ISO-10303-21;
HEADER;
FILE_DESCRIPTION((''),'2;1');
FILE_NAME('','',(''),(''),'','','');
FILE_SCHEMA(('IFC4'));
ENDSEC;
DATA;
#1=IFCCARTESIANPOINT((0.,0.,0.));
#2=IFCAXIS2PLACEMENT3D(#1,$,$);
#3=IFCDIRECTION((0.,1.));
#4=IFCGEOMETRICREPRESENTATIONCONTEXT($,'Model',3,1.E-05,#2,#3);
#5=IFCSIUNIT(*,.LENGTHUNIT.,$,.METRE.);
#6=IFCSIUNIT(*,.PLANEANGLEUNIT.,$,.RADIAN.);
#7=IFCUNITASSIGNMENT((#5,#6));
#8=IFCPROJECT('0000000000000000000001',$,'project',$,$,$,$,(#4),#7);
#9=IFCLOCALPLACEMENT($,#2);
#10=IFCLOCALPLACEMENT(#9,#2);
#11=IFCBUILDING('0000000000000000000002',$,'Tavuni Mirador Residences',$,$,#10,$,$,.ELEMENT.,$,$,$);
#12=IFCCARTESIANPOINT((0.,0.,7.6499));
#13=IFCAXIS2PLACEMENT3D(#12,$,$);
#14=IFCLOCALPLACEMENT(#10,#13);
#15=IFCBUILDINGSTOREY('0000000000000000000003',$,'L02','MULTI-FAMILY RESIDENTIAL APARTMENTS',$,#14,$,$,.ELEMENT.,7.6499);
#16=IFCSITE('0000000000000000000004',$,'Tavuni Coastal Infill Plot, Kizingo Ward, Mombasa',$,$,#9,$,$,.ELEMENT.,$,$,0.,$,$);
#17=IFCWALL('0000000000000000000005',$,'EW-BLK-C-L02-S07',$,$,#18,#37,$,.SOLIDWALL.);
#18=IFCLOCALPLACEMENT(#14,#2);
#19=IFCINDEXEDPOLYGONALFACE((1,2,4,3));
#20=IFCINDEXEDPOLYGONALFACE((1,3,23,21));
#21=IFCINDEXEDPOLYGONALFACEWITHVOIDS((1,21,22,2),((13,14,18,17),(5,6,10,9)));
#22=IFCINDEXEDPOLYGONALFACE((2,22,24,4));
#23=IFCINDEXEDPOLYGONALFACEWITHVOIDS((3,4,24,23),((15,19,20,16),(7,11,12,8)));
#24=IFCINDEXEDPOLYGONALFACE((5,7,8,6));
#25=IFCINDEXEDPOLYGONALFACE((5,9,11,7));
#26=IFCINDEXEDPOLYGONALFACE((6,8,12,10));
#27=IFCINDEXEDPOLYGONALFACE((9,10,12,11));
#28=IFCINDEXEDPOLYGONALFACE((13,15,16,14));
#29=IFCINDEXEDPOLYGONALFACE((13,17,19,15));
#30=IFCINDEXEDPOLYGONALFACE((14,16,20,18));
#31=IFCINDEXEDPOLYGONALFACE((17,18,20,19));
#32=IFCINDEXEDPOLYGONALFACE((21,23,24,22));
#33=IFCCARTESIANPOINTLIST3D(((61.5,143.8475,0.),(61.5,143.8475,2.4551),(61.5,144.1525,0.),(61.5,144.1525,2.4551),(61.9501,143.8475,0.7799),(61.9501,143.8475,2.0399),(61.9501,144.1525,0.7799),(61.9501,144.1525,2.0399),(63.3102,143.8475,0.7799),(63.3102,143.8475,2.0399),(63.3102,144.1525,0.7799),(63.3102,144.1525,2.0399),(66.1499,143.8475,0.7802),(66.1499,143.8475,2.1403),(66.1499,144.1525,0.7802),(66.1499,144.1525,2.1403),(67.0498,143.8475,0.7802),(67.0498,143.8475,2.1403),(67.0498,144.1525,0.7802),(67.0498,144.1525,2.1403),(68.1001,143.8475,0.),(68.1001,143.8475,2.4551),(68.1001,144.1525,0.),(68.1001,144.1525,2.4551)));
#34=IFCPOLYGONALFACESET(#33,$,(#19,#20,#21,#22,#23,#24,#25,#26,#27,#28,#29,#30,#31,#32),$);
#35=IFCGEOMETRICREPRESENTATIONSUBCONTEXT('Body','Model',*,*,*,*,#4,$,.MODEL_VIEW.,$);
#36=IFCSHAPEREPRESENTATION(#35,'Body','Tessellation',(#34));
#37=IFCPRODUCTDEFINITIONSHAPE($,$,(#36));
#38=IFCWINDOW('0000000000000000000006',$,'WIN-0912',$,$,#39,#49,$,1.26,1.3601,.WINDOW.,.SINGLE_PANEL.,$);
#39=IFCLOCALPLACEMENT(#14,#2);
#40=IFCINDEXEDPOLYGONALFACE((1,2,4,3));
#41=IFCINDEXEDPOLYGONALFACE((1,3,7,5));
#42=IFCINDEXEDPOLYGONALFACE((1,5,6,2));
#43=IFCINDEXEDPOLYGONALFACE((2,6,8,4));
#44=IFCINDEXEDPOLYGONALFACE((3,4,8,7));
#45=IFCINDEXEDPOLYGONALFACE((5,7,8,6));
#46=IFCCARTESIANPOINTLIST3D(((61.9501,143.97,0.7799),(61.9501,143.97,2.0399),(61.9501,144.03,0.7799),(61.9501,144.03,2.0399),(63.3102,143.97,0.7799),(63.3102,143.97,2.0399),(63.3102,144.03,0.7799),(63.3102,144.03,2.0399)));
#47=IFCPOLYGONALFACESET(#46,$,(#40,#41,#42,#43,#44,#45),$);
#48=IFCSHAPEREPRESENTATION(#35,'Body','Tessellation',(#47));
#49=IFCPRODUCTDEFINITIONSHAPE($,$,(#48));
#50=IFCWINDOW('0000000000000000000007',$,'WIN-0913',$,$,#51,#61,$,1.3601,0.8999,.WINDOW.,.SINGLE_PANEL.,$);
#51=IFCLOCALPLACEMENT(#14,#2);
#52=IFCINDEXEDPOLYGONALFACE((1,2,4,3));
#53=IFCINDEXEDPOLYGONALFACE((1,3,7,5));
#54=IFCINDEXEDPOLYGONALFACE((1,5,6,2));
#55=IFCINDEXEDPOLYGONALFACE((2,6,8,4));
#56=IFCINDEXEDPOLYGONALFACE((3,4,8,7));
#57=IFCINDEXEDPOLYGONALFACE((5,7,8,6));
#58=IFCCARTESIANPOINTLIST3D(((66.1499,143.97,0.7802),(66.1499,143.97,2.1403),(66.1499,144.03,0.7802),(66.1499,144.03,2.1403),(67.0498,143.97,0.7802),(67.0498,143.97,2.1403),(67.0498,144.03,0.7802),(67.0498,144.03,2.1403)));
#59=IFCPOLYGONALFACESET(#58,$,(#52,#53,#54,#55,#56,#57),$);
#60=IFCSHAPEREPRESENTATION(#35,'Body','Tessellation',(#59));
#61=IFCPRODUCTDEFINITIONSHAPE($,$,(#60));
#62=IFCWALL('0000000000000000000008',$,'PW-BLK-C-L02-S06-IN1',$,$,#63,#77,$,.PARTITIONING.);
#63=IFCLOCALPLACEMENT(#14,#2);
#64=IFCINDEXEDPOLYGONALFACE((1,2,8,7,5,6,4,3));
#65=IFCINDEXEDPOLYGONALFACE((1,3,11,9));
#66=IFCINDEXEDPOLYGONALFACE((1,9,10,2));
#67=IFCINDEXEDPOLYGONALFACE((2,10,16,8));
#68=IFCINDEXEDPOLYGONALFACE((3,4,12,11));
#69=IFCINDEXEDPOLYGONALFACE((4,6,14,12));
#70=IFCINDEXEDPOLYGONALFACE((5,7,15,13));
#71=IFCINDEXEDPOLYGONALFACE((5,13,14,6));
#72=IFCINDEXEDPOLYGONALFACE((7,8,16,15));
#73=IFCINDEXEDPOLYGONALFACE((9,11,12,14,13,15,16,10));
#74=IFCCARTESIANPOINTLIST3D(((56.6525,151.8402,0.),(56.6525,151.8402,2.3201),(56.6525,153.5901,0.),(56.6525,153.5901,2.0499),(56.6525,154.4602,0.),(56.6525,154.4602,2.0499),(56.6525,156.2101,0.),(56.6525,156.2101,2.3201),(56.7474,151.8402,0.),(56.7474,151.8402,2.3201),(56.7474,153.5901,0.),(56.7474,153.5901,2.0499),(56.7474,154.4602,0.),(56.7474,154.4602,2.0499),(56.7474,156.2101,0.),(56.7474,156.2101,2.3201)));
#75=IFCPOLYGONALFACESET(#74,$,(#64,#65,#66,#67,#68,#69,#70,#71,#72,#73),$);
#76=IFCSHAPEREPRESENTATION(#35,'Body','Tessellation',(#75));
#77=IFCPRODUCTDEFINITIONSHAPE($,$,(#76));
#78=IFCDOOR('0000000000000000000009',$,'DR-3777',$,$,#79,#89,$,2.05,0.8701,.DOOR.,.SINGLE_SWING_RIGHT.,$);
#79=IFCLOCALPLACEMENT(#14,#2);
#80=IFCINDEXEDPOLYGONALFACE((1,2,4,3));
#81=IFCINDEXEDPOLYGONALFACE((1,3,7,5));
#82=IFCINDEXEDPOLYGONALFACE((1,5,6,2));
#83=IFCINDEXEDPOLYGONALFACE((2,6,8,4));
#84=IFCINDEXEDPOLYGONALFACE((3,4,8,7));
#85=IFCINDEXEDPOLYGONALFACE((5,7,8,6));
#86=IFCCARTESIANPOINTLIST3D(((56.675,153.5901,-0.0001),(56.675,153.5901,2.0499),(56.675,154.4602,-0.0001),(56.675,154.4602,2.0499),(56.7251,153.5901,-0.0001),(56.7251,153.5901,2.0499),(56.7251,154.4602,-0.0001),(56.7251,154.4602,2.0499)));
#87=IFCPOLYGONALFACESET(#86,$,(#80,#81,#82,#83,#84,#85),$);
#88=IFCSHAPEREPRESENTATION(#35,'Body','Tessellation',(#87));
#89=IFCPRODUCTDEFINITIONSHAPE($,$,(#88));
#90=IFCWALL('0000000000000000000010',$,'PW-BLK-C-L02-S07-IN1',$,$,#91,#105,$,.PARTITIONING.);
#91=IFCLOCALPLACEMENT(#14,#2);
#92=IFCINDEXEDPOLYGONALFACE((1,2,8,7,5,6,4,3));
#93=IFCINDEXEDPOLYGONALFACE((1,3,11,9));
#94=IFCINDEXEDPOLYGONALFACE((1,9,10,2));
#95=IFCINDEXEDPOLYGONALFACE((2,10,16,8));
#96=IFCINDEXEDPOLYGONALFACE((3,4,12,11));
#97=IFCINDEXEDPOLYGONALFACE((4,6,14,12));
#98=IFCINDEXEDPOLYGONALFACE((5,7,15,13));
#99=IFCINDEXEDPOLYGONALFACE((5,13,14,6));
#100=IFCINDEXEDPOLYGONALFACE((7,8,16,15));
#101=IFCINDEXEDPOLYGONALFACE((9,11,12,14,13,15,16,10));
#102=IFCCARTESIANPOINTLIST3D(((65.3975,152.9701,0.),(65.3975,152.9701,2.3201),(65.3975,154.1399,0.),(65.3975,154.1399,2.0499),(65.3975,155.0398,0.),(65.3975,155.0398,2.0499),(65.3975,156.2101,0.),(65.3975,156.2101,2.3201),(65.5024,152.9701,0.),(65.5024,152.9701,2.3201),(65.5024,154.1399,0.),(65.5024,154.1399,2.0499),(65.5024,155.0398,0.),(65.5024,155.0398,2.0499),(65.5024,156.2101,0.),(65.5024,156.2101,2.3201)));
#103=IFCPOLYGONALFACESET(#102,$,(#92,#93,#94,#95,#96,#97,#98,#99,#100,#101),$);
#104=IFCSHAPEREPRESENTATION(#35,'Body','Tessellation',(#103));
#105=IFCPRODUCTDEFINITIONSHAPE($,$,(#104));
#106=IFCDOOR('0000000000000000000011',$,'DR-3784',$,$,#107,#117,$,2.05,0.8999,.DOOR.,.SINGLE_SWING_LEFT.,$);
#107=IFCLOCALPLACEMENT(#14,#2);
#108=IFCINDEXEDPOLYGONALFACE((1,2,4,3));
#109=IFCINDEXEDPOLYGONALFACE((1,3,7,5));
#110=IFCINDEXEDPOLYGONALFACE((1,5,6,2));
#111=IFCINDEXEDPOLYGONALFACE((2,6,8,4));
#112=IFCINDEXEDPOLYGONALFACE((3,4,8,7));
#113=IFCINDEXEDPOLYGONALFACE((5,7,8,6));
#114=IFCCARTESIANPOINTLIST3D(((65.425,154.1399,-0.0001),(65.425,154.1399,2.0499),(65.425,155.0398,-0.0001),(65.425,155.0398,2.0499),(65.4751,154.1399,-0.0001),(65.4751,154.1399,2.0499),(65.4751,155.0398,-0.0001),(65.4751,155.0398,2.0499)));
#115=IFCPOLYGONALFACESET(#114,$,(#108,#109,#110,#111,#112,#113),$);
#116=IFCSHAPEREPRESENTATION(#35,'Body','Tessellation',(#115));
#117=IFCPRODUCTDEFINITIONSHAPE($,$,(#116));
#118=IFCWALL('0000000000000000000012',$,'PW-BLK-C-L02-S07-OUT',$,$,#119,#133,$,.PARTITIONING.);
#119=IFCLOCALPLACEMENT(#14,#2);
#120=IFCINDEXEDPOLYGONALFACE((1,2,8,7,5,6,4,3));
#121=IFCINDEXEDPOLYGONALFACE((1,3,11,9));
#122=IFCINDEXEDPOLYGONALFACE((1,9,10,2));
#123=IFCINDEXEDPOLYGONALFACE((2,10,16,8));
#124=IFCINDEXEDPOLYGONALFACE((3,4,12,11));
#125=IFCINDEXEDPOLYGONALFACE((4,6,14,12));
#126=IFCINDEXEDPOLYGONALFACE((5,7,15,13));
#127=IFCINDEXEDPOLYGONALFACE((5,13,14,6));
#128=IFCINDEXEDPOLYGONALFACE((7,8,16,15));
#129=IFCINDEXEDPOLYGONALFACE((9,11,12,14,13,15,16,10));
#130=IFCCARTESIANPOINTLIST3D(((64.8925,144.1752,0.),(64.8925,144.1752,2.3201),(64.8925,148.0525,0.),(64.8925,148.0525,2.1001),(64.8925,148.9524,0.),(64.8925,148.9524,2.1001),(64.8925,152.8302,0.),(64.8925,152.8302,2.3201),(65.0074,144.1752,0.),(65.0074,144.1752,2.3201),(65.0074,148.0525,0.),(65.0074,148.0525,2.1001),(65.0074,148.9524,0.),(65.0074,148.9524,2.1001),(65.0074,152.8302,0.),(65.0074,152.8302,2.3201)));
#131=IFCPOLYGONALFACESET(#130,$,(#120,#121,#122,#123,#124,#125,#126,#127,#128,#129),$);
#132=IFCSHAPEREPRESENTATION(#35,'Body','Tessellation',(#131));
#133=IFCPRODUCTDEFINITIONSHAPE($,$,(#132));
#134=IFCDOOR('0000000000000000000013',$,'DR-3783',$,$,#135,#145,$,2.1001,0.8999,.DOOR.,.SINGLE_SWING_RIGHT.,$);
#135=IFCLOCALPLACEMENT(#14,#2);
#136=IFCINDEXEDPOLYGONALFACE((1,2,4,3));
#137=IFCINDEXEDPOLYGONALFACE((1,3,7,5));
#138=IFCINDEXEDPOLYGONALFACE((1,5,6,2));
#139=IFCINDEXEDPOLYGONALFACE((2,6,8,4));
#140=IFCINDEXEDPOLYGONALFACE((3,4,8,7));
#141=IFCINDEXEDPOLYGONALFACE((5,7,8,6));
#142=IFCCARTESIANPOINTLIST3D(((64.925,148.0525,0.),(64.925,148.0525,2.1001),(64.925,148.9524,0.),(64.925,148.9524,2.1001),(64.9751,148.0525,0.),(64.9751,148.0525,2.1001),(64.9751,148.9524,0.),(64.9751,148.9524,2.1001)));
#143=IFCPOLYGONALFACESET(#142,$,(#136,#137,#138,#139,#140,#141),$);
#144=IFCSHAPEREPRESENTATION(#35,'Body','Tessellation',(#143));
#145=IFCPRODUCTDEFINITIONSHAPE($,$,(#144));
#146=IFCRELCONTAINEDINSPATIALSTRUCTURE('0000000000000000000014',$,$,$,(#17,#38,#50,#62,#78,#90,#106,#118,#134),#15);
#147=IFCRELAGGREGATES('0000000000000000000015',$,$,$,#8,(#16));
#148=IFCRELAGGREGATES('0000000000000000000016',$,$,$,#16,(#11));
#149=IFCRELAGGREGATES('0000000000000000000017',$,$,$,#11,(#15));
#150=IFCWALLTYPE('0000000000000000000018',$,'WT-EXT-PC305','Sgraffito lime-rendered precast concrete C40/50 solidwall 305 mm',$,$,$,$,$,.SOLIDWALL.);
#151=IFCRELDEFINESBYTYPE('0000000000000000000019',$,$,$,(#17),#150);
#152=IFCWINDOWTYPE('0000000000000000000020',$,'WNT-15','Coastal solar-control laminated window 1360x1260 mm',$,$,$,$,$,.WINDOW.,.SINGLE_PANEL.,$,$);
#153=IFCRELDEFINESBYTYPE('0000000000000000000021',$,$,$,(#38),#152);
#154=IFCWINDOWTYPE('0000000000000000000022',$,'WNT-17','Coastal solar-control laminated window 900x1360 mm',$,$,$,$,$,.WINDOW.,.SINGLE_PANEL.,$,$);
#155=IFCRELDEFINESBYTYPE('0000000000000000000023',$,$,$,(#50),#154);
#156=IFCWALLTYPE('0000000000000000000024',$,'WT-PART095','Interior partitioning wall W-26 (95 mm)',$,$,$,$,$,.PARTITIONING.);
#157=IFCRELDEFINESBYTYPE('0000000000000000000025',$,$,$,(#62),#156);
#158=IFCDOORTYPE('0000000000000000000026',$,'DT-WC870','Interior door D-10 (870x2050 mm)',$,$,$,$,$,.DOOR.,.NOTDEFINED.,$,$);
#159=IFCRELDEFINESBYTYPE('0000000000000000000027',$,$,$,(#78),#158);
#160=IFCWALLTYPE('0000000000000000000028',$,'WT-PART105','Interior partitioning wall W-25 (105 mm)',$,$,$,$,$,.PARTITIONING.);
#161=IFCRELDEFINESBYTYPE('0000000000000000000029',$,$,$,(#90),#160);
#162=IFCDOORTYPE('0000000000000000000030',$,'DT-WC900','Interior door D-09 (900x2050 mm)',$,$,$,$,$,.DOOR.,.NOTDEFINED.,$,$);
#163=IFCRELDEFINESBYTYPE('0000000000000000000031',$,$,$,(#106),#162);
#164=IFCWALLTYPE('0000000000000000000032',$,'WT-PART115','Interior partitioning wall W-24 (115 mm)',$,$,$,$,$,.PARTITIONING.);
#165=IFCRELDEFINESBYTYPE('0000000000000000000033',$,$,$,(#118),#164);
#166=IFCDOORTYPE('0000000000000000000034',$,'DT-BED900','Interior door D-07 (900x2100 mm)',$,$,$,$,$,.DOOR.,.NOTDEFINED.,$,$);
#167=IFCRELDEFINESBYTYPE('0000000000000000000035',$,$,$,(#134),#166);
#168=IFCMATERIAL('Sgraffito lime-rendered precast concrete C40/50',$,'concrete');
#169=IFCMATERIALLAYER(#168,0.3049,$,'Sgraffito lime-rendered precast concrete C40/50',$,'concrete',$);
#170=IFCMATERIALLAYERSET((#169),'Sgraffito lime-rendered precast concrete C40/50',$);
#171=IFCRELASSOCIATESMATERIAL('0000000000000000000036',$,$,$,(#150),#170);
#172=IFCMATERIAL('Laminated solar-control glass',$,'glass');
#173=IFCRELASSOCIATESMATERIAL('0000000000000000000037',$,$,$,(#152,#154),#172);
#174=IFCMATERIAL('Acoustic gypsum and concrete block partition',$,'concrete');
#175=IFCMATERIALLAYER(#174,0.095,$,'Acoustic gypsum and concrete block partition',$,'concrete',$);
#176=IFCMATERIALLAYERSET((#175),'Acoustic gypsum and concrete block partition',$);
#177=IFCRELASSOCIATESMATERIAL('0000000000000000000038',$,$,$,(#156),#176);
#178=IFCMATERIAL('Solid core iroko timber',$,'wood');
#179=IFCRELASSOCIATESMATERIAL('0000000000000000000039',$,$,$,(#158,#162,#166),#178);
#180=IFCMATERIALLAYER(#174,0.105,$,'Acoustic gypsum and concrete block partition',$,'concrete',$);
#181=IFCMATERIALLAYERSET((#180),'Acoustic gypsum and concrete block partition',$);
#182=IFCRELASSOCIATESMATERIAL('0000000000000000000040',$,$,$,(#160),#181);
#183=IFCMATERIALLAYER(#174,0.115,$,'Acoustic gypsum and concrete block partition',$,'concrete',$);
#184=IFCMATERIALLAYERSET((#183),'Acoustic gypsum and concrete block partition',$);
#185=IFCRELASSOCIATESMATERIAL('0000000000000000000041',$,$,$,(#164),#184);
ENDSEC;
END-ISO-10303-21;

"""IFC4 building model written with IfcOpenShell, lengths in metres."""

from ifc_helpers import new_model, si_unit, direction, frame, frame_2d, origin, place, context, subcontext, project, spatial, rectangle, extrude, material, layer, layer_set, type_object, element, fill, save


model = new_model("IFC4")

# Units and contexts
model_context = context("Model", 3, precision=1e-05, world=origin(), true_north=direction((0.0, 1.0)))
body_context = subcontext(model_context, "Body", "Model", "MODEL_VIEW")
ifc_project = project(units=[si_unit("LENGTHUNIT", "METRE"), si_unit("PLANEANGLEUNIT", "RADIAN")], contexts=[model_context])

# Site, building, storey
site_placement = place(None, origin())
site = spatial("IfcSite", under=ifc_project, at=site_placement, Name="Tavuni Coastal Infill Plot, Kizingo Ward, Mombasa", CompositionType="ELEMENT", RefElevation=0.0)
building_placement = place(site_placement, origin())
building = spatial("IfcBuilding", under=site, at=building_placement, Name="Tavuni Mirador Residences", CompositionType="ELEMENT")
storey_placement = place(building_placement, frame((0.0, 0.0, 7.6499)))
storey = spatial("IfcBuildingStorey", under=building, at=storey_placement, Name="L02", Description="MULTI-FAMILY RESIDENTIAL APARTMENTS", CompositionType="ELEMENT", Elevation=7.6499)

# Shared definitions
ifc_material_1 = material(Name="Solid core iroko timber", Category="wood")

# Wall, openings, windows
ifc_material_2 = material(Name="Sgraffito lime-rendered precast concrete C40/50", Category="concrete")
ifc_layer_1 = layer(ifc_material_2, 0.3049, Name="Sgraffito lime-rendered precast concrete C40/50", Category="concrete")
ifc_layer_set_1 = layer_set([ifc_layer_1], Name="Sgraffito lime-rendered precast concrete C40/50")
wall_type_1 = type_object("IfcWallType", Name="WT-EXT-PC305", Description="Sgraffito lime-rendered precast concrete C40/50 solidwall 305 mm", PredefinedType="SOLIDWALL", material=ifc_layer_set_1)
wall_1_placement = place(storey_placement, frame((61.5, 144.0, 0.0), z_axis=(0.0, 0.0, 1.0), x_axis=(1.0, 0.0, 0.0)))
wall_1 = element("IfcWall", 1, at=wall_1_placement, inside=storey, type_object=wall_type_1, Name="EW-BLK-C-L02-S07", PredefinedType="SOLIDWALL", context=body_context, shape_type="SweptSolid", body=[
    extrude(rectangle(XDim=6.6001, YDim=0.3049, at=frame_2d((3.3, 0.0))), origin(), (0.0, 0.0, 1.0), 2.4551),
])
opening_1_placement = place(wall_1_placement, frame((0.45, 0.0, 0.78)))
opening_1 = element("IfcOpeningElement", 2, at=opening_1_placement, cuts=wall_1, PredefinedType="OPENING", context=body_context, shape_type="SweptSolid", body=[
    extrude(rectangle(XDim=1.3601, YDim=1.26, at=frame_2d((0.6802, 0.6299))), frame((0.0, 0.1626, 0.0), z_axis=(0.0, -1.0, 0.0), x_axis=(1.0, 0.0, 0.0)), (0.0, 0.0, 1.0), 0.325),
])
opening_2_placement = place(wall_1_placement, frame((4.6499, 0.0, 0.78)))
opening_2 = element("IfcOpeningElement", 3, at=opening_2_placement, cuts=wall_1, PredefinedType="OPENING", context=body_context, shape_type="SweptSolid", body=[
    extrude(rectangle(XDim=0.8999, YDim=1.3601, at=frame_2d((0.45, 0.6802))), frame((0.0, 0.1626, 0.0), z_axis=(0.0, -1.0, 0.0), x_axis=(1.0, 0.0, 0.0)), (0.0, 0.0, 1.0), 0.325),
])
ifc_material_3 = material(Name="Laminated solar-control glass", Category="glass")
window_type_1 = type_object("IfcWindowType", Name="WNT-15", Description="Coastal solar-control laminated window 1360x1260 mm", PartitioningType="SINGLE_PANEL", PredefinedType="WINDOW", material=ifc_material_3)
window_1_placement = place(opening_1_placement, origin())
window_1 = element("IfcWindow", 4, at=window_1_placement, inside=storey, type_object=window_type_1, Name="WIN-0912", OverallHeight=1.26, OverallWidth=1.3601, PartitioningType="SINGLE_PANEL", PredefinedType="WINDOW", context=body_context, shape_type="SweptSolid", body=[
    extrude(rectangle(XDim=1.3601, YDim=1.26, at=frame_2d((0.6802, 0.6299))), frame((0.0, 0.03, 0.0), z_axis=(0.0, -1.0, 0.0), x_axis=(1.0, 0.0, 0.0)), (0.0, 0.0, 1.0), 0.0601),
])
fill(opening_1, window_1)
window_type_2 = type_object("IfcWindowType", Name="WNT-17", Description="Coastal solar-control laminated window 900x1360 mm", PartitioningType="SINGLE_PANEL", PredefinedType="WINDOW", material=ifc_material_3)
window_2_placement = place(opening_2_placement, origin())
window_2 = element("IfcWindow", 5, at=window_2_placement, inside=storey, type_object=window_type_2, Name="WIN-0913", OverallHeight=1.3601, OverallWidth=0.8999, PartitioningType="SINGLE_PANEL", PredefinedType="WINDOW", context=body_context, shape_type="SweptSolid", body=[
    extrude(rectangle(XDim=0.8999, YDim=1.3601, at=frame_2d((0.45, 0.6802))), frame((0.0, 0.03, 0.0), z_axis=(0.0, -1.0, 0.0), x_axis=(1.0, 0.0, 0.0)), (0.0, 0.0, 1.0), 0.0601),
])
fill(opening_2, window_2)

# Walls, openings, doors
ifc_material_4 = material(Name="Acoustic gypsum and concrete block partition", Category="concrete")
ifc_layer_2 = layer(ifc_material_4, 0.095, Name="Acoustic gypsum and concrete block partition", Category="concrete")
ifc_layer_set_2 = layer_set([ifc_layer_2], Name="Acoustic gypsum and concrete block partition")
wall_type_2 = type_object("IfcWallType", Name="WT-PART095", Description="Interior partitioning wall W-26 (95 mm)", PredefinedType="PARTITIONING", material=ifc_layer_set_2)
wall_2_placement = place(storey_placement, frame((56.7, 151.8401, 0.0), z_axis=(0.0, 0.0, 1.0), x_axis=(0.0, 1.0, 0.0)))
wall_2 = element("IfcWall", 6, at=wall_2_placement, inside=storey, type_object=wall_type_2, Name="PW-BLK-C-L02-S06-IN1", PredefinedType="PARTITIONING", context=body_context, shape_type="SweptSolid", body=[
    extrude(rectangle(XDim=4.3699, YDim=0.095, at=frame_2d((2.1851, 0.0))), origin(), (0.0, 0.0, 1.0), 2.3201),
])
opening_3_placement = place(wall_2_placement, frame((1.75, 0.0, 0.0)))
opening_3 = element("IfcOpeningElement", 7, at=opening_3_placement, cuts=wall_2, PredefinedType="OPENING", context=body_context, shape_type="SweptSolid", body=[
    extrude(rectangle(XDim=0.8701, YDim=2.05, at=frame_2d((0.4351, 1.0249))), frame((0.0, 0.0576, 0.0), z_axis=(0.0, -1.0, 0.0), x_axis=(1.0, 0.0, 0.0)), (0.0, 0.0, 1.0), 0.115),
])
door_type_1 = type_object("IfcDoorType", Name="DT-WC870", Description="Interior door D-10 (870x2050 mm)", OperationType="NOTDEFINED", PredefinedType="DOOR", material=ifc_material_1)
door_1_placement = place(opening_3_placement, origin())
door_1 = element("IfcDoor", 8, at=door_1_placement, inside=storey, type_object=door_type_1, Name="DR-3777", OperationType="SINGLE_SWING_RIGHT", OverallHeight=2.05, OverallWidth=0.8701, PredefinedType="DOOR", context=body_context, shape_type="SweptSolid", body=[
    extrude(rectangle(XDim=0.8701, YDim=2.05, at=frame_2d((0.4351, 1.0249))), frame((0.0, 0.0249, 0.0), z_axis=(0.0, -1.0, 0.0), x_axis=(1.0, 0.0, 0.0)), (0.0, 0.0, 1.0), 0.05),
])
fill(opening_3, door_1)
ifc_layer_3 = layer(ifc_material_4, 0.105, Name="Acoustic gypsum and concrete block partition", Category="concrete")
ifc_layer_set_3 = layer_set([ifc_layer_3], Name="Acoustic gypsum and concrete block partition")
wall_type_3 = type_object("IfcWallType", Name="WT-PART105", Description="Interior partitioning wall W-25 (105 mm)", PredefinedType="PARTITIONING", material=ifc_layer_set_3)
wall_3_placement = place(storey_placement, frame((65.45, 152.97, 0.0), z_axis=(0.0, 0.0, 1.0), x_axis=(0.0, 1.0, 0.0)))
wall_3 = element("IfcWall", 9, at=wall_3_placement, inside=storey, type_object=wall_type_3, Name="PW-BLK-C-L02-S07-IN1", PredefinedType="PARTITIONING", context=body_context, shape_type="SweptSolid", body=[
    extrude(rectangle(XDim=3.24, YDim=0.105, at=frame_2d((1.6201, 0.0))), origin(), (0.0, 0.0, 1.0), 2.3201),
])
opening_4_placement = place(wall_3_placement, frame((1.1699, 0.0, 0.0)))
opening_4 = element("IfcOpeningElement", 10, at=opening_4_placement, cuts=wall_3, PredefinedType="OPENING", context=body_context, shape_type="SweptSolid", body=[
    extrude(rectangle(XDim=0.8999, YDim=2.05, at=frame_2d((0.45, 1.0249))), frame((0.0, 0.0625, 0.0), z_axis=(0.0, -1.0, 0.0), x_axis=(1.0, 0.0, 0.0)), (0.0, 0.0, 1.0), 0.125),
])
door_type_2 = type_object("IfcDoorType", Name="DT-WC900", Description="Interior door D-09 (900x2050 mm)", OperationType="NOTDEFINED", PredefinedType="DOOR", material=ifc_material_1)
door_2_placement = place(opening_4_placement, origin())
door_2 = element("IfcDoor", 11, at=door_2_placement, inside=storey, type_object=door_type_2, Name="DR-3784", OperationType="SINGLE_SWING_LEFT", OverallHeight=2.05, OverallWidth=0.8999, PredefinedType="DOOR", context=body_context, shape_type="SweptSolid", body=[
    extrude(rectangle(XDim=0.8999, YDim=2.05, at=frame_2d((0.45, 1.0249))), frame((0.0, 0.0249, 0.0), z_axis=(0.0, -1.0, 0.0), x_axis=(1.0, 0.0, 0.0)), (0.0, 0.0, 1.0), 0.05),
])
fill(opening_4, door_2)
ifc_layer_4 = layer(ifc_material_4, 0.115, Name="Acoustic gypsum and concrete block partition", Category="concrete")
ifc_layer_set_4 = layer_set([ifc_layer_4], Name="Acoustic gypsum and concrete block partition")
wall_type_4 = type_object("IfcWallType", Name="WT-PART115", Description="Interior partitioning wall W-24 (115 mm)", PredefinedType="PARTITIONING", material=ifc_layer_set_4)
wall_4_placement = place(storey_placement, frame((64.95, 144.175, 0.0), z_axis=(0.0, 0.0, 1.0), x_axis=(0.0, 1.0, 0.0)))
wall_4 = element("IfcWall", 12, at=wall_4_placement, inside=storey, type_object=wall_type_4, Name="PW-BLK-C-L02-S07-OUT", PredefinedType="PARTITIONING", context=body_context, shape_type="SweptSolid", body=[
    extrude(rectangle(XDim=8.655, YDim=0.115, at=frame_2d((4.3276, 0.0))), origin(), (0.0, 0.0, 1.0), 2.3201),
])
opening_5_placement = place(wall_4_placement, frame((3.8774, 0.0, 0.0)))
opening_5 = element("IfcOpeningElement", 13, at=opening_5_placement, cuts=wall_4, PredefinedType="OPENING", context=body_context, shape_type="SweptSolid", body=[
    extrude(rectangle(XDim=0.8999, YDim=2.1001, at=frame_2d((0.45, 1.05))), frame((0.0, 0.0674, 0.0), z_axis=(0.0, -1.0, 0.0), x_axis=(1.0, 0.0, 0.0)), (0.0, 0.0, 1.0), 0.135),
])
door_type_3 = type_object("IfcDoorType", Name="DT-BED900", Description="Interior door D-07 (900x2100 mm)", OperationType="NOTDEFINED", PredefinedType="DOOR", material=ifc_material_1)
door_3_placement = place(opening_5_placement, origin())
door_3 = element("IfcDoor", 14, at=door_3_placement, inside=storey, type_object=door_type_3, Name="DR-3783", OperationType="SINGLE_SWING_RIGHT", OverallHeight=2.1001, OverallWidth=0.8999, PredefinedType="DOOR", context=body_context, shape_type="SweptSolid", body=[
    extrude(rectangle(XDim=0.8999, YDim=2.1001, at=frame_2d((0.45, 1.05))), frame((0.0, 0.0249, 0.0), z_axis=(0.0, -1.0, 0.0), x_axis=(1.0, 0.0, 0.0)), (0.0, 0.0, 1.0), 0.05),
])
fill(opening_5, door_3)

save(model, "model.ifc")
